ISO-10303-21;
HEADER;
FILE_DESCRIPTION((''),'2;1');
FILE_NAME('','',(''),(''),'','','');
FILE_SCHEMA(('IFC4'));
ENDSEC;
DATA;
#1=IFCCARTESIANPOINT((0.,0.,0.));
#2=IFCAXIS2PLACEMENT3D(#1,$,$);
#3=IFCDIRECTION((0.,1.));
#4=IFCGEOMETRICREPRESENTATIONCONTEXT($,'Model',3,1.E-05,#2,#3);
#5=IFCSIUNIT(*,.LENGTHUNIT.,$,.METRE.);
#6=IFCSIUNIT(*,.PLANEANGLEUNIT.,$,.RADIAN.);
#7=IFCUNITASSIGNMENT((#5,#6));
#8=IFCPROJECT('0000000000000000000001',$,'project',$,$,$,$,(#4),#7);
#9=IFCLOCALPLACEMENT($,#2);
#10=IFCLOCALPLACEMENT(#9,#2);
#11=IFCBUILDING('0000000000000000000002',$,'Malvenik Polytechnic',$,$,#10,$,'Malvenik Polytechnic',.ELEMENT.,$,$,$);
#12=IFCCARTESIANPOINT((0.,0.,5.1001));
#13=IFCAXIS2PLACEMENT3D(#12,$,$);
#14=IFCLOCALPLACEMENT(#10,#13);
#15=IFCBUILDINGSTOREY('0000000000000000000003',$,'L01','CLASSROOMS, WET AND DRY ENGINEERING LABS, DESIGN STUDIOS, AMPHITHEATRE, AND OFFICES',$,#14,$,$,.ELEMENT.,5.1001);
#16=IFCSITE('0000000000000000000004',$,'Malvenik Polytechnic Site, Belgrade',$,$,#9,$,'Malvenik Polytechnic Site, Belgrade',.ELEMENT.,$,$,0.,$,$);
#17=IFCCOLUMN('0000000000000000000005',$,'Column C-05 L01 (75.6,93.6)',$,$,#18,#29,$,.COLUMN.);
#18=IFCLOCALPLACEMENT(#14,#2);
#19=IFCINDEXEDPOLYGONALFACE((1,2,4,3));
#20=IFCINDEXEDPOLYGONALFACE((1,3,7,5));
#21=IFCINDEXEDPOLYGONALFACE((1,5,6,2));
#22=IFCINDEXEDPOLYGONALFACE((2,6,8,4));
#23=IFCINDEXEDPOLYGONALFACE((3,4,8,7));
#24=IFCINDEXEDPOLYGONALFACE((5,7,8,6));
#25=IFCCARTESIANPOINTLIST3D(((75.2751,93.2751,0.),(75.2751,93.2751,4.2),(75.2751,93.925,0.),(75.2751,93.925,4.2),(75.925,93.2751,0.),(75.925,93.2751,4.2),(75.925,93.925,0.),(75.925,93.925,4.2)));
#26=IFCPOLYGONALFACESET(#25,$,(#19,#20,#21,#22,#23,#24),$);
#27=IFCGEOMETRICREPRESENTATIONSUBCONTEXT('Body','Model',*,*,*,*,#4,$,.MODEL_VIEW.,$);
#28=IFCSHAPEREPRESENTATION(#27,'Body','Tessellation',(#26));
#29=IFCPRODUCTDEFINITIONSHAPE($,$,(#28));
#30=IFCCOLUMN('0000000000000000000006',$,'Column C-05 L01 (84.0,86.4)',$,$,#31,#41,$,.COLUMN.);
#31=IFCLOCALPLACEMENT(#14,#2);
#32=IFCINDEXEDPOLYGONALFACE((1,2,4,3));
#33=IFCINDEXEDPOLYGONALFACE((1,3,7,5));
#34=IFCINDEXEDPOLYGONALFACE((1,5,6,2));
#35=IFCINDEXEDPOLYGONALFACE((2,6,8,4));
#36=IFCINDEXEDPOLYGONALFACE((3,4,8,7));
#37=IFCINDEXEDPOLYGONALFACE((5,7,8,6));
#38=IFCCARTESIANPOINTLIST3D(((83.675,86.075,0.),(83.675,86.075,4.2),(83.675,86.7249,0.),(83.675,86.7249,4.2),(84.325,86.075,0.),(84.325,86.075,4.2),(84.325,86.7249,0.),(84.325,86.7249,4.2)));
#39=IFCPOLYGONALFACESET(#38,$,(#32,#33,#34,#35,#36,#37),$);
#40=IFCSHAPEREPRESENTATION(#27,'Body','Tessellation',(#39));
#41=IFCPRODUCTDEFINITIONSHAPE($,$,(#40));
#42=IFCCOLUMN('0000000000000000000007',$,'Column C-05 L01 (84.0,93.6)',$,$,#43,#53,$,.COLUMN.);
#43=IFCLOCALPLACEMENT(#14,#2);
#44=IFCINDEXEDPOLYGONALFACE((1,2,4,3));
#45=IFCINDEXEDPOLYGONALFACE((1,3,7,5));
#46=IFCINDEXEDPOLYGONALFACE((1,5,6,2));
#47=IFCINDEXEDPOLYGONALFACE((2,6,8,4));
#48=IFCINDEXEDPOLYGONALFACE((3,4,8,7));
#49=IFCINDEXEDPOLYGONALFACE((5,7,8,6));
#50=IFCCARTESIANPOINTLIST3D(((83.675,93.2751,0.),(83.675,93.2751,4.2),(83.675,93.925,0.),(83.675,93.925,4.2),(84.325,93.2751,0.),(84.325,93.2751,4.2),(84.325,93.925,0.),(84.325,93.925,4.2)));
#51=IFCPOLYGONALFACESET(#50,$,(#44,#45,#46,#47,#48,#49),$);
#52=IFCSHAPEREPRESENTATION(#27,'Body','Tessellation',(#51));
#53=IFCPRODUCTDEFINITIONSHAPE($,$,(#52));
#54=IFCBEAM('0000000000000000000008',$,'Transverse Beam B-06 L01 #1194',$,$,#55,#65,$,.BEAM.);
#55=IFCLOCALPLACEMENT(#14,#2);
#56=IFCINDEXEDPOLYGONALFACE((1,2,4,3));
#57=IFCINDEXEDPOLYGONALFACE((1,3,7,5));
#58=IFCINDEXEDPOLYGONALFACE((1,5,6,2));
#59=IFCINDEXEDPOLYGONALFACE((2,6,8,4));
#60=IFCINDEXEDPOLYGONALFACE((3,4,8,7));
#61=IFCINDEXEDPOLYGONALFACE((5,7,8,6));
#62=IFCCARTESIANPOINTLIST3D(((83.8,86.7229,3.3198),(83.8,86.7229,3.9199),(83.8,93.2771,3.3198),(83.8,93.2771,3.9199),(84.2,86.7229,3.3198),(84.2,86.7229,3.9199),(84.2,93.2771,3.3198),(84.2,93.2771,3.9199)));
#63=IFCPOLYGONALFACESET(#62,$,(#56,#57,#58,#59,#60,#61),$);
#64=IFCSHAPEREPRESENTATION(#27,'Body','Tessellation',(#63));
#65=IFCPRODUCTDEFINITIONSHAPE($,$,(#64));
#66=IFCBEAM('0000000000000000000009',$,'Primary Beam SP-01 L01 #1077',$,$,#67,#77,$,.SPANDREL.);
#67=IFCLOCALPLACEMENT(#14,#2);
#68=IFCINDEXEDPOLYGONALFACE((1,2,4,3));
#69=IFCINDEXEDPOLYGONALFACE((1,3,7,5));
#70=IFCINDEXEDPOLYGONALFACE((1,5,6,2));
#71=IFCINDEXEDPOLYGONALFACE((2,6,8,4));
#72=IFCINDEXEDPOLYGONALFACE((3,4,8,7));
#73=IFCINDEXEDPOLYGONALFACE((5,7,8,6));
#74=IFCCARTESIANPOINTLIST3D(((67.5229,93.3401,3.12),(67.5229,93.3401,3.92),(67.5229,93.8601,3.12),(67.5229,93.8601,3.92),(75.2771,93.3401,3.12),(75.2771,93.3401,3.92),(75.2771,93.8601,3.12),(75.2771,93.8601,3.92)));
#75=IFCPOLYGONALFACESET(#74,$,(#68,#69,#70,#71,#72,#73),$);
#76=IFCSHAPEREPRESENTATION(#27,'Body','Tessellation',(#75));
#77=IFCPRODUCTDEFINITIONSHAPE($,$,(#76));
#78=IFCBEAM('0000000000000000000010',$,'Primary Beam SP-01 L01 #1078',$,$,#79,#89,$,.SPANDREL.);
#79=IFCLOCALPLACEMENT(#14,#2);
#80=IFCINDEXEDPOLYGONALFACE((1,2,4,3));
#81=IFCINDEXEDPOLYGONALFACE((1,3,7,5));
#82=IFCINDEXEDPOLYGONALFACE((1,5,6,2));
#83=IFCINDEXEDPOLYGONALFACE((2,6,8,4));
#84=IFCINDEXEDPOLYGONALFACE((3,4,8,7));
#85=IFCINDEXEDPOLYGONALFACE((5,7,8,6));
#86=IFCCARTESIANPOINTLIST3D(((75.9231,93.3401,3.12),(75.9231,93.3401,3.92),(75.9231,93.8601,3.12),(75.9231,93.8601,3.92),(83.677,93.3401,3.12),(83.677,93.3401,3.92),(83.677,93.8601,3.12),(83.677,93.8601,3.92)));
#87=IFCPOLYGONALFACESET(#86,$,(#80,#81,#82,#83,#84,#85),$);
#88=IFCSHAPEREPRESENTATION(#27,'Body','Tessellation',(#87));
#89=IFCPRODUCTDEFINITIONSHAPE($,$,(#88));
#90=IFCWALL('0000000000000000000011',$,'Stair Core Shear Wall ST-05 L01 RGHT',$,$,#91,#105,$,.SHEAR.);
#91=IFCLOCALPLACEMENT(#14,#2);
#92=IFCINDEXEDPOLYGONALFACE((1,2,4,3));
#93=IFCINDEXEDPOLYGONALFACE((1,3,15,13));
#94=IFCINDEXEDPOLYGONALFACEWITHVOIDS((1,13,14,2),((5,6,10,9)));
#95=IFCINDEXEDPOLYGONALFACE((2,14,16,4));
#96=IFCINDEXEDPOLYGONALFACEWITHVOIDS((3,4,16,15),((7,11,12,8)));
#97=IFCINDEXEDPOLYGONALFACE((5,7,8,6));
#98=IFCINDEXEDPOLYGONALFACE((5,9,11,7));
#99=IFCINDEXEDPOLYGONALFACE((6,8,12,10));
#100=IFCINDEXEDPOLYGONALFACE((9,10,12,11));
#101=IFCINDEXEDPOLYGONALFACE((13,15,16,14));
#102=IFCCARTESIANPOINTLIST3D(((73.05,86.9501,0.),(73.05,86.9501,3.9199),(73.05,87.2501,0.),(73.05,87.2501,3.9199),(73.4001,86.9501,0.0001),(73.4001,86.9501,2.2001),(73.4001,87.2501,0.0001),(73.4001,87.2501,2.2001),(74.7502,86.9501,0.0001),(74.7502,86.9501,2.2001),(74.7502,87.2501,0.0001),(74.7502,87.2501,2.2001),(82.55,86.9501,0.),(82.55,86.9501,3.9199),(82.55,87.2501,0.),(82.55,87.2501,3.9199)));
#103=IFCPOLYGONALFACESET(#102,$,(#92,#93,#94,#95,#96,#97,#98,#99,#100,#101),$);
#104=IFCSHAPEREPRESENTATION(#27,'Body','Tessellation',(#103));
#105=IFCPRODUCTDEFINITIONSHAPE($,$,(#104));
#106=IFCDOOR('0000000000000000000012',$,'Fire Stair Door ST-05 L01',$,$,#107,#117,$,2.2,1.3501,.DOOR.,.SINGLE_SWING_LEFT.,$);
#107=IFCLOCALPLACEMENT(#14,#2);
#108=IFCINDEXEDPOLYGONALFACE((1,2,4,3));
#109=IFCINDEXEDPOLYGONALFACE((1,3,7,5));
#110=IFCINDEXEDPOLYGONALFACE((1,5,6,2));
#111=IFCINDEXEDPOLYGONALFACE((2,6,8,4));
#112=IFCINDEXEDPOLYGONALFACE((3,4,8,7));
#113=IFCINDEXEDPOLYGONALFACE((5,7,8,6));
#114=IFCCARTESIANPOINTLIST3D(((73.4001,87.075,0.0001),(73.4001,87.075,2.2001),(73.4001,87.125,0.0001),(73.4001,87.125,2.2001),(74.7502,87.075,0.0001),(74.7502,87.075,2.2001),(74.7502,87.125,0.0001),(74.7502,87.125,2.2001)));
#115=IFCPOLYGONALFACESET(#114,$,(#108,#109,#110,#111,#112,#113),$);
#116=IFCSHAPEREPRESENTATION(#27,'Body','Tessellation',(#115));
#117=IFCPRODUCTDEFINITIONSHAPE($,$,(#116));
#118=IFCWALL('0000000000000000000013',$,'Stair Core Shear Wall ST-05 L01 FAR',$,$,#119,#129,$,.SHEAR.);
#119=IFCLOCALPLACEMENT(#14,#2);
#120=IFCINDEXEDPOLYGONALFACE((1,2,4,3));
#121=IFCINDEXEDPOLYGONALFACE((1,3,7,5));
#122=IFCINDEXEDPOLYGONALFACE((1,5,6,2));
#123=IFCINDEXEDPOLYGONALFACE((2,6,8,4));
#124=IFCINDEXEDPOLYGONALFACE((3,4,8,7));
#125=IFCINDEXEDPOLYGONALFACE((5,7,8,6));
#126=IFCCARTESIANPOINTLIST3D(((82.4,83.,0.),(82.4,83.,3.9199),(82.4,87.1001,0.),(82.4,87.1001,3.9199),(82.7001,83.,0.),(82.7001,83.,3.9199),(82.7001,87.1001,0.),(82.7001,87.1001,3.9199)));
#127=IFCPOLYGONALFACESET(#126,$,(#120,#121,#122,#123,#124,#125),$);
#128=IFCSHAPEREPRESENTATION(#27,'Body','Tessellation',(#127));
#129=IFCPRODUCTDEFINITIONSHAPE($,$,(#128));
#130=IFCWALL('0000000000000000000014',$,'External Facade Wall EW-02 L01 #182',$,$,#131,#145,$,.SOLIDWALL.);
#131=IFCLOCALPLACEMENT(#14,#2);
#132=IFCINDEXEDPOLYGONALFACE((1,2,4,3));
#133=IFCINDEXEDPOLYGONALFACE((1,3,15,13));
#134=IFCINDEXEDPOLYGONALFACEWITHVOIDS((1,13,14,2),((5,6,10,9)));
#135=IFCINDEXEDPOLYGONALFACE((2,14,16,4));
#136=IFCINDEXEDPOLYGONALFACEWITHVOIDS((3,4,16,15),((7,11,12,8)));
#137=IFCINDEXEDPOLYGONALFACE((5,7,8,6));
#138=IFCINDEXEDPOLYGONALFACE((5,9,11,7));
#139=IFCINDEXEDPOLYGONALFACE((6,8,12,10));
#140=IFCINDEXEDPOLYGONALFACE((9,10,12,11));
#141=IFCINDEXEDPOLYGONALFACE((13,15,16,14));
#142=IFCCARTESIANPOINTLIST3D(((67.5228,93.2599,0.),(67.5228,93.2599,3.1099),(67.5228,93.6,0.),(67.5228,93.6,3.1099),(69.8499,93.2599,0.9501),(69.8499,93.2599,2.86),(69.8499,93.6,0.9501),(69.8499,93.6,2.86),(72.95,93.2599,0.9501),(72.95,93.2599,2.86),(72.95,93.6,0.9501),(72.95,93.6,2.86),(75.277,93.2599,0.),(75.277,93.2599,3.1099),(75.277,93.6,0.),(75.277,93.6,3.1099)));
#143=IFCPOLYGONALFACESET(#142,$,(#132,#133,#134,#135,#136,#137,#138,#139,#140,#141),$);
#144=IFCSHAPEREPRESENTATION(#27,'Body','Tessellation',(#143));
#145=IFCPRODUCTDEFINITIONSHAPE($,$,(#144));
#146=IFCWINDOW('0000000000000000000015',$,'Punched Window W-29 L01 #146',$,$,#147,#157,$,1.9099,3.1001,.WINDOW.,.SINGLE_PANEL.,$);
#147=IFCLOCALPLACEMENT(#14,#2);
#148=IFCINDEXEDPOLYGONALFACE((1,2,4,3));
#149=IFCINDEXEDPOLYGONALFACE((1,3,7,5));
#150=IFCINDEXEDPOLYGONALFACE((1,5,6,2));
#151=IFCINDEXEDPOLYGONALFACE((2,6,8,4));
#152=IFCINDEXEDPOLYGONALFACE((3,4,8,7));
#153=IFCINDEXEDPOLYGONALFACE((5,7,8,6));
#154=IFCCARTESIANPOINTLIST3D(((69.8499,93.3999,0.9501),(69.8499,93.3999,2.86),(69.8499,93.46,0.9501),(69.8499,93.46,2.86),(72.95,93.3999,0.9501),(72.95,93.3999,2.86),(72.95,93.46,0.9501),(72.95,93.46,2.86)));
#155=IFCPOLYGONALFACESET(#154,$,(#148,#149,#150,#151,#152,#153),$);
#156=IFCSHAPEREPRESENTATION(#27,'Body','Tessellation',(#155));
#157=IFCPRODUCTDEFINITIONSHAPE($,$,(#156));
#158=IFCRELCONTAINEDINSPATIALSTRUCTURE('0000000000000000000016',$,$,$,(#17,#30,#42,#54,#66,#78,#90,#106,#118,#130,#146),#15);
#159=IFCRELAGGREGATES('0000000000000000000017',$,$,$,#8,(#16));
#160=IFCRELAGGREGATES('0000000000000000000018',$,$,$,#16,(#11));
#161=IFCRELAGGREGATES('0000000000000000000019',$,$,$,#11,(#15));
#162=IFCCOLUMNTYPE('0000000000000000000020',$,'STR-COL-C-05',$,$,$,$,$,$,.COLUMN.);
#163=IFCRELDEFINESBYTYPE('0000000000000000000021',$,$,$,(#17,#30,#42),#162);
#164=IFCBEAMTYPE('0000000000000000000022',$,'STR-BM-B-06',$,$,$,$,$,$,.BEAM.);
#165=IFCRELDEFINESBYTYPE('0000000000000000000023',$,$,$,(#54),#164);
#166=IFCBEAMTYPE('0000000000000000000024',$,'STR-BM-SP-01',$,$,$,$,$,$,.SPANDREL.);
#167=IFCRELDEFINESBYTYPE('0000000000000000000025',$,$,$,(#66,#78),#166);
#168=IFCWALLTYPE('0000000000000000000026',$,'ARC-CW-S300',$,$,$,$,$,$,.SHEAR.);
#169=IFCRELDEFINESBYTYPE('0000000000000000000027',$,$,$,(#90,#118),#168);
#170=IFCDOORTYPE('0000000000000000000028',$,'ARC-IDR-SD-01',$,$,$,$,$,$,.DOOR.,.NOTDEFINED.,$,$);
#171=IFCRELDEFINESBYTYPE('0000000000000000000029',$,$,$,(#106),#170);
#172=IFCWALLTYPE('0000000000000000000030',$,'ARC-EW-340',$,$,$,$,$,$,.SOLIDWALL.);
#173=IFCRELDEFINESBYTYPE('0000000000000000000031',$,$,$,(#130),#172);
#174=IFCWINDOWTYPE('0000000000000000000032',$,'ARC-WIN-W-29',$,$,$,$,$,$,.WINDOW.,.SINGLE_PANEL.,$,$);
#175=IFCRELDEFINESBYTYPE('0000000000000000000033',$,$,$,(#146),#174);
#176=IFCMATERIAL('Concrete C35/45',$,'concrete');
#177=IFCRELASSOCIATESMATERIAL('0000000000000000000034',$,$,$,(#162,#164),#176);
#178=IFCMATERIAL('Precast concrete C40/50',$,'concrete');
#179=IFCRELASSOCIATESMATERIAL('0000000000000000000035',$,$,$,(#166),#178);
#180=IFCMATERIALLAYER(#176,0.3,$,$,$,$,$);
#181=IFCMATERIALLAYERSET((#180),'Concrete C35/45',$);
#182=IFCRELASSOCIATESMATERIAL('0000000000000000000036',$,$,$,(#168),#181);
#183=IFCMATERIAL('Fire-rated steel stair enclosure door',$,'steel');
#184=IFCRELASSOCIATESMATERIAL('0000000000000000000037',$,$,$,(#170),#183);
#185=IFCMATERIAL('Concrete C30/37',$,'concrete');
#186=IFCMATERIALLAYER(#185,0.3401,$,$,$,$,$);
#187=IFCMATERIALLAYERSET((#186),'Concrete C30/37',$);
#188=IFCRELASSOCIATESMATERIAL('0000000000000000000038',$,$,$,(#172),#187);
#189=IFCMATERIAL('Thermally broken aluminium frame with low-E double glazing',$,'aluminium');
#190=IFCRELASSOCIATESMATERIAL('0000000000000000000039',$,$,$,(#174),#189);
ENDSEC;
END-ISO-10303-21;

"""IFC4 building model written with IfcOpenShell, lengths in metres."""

from ifc_helpers import new_model, si_unit, direction, frame, frame_2d, origin, origin_2d, place, context, subcontext, project, spatial, rectangle, extrude, material, layer, layer_set, material_profile, profile_set, type_object, element, fill, save


model = new_model("IFC4")

# Units and contexts
model_context = context("Model", 3, precision=1e-05, world=origin(), true_north=direction((0.0, 1.0)))
body_context = subcontext(model_context, "Body", "Model", "MODEL_VIEW")
ifc_project = project(units=[si_unit("LENGTHUNIT", "METRE"), si_unit("PLANEANGLEUNIT", "RADIAN")], contexts=[model_context])

# Site, building, storey
site_placement = place(None, origin())
site = spatial("IfcSite", under=ifc_project, at=site_placement, Name="Malvenik Polytechnic Site, Belgrade", LongName="Malvenik Polytechnic Site, Belgrade", CompositionType="ELEMENT", RefElevation=0.0)
building_placement = place(site_placement, origin())
building = spatial("IfcBuilding", under=site, at=building_placement, Name="Malvenik Polytechnic", LongName="Malvenik Polytechnic", CompositionType="ELEMENT")
storey_placement = place(building_placement, frame((0.0, 0.0, 5.1001)))
storey = spatial("IfcBuildingStorey", under=building, at=storey_placement, Name="L01", Description="CLASSROOMS, WET AND DRY ENGINEERING LABS, DESIGN STUDIOS, AMPHITHEATRE, AND OFFICES", CompositionType="ELEMENT", Elevation=5.1001)

# Columns
ifc_material_1 = material(Name="Concrete C35/45", Category="concrete")
ifc_material_profile_1 = material_profile(ifc_material_1, rectangle(XDim=0.6499, YDim=0.6499, at=origin_2d()), Name="RC COL 650x650")
ifc_profile_set_1 = profile_set([ifc_material_profile_1], Name="Concrete C35/45")
column_type = type_object("IfcColumnType", Name="STR-COL-C-05", PredefinedType="COLUMN", material=ifc_profile_set_1)
for number, where, z_axis, x_axis, name in (
    (1, (75.6001, 93.6001, 0.0), (0.0, 0.0, 1.0), (1.0, 0.0, 0.0), "Column C-05 L01 (75.6,93.6)"),
    (2, (84.0, 86.3999, 0.0), (0.0, 0.0, 1.0), (1.0, 0.0, 0.0), "Column C-05 L01 (84.0,86.4)"),
    (3, (84.0, 93.6001, 0.0), (0.0, 0.0, 1.0), (1.0, 0.0, 0.0), "Column C-05 L01 (84.0,93.6)"),
):
    element("IfcColumn", number, at=place(storey_placement, frame(where, z_axis=z_axis, x_axis=x_axis)), inside=storey, type_object=column_type, Name=name, PredefinedType="COLUMN", context=body_context, shape_type="SweptSolid", body=[
        extrude(rectangle(XDim=0.6499, YDim=0.6499, at=origin_2d()), origin(), (0.0, 0.0, 1.0), 4.2),
    ])

# Beams
ifc_material_profile_2 = material_profile(ifc_material_1, rectangle(XDim=0.3999, YDim=0.6001, at=origin_2d()), Name="RC BM 400x600")
ifc_profile_set_2 = profile_set([ifc_material_profile_2], Name="Concrete C35/45")
beam_type_1 = type_object("IfcBeamType", Name="STR-BM-B-06", PredefinedType="BEAM", material=ifc_profile_set_2)
beam_1_placement = place(storey_placement, frame((84.0, 86.7229, 3.6199), z_axis=(0.0, 1.0, 0.0), x_axis=(-1.0, 0.0, 0.0)))
element("IfcBeam", 4, at=beam_1_placement, inside=storey, type_object=beam_type_1, Name="Transverse Beam B-06 L01 #1194", PredefinedType="BEAM", context=body_context, shape_type="SweptSolid", body=[
    extrude(rectangle(XDim=0.3999, YDim=0.6001, at=origin_2d()), origin(), (0.0, 0.0, 1.0), 6.5542),
])
ifc_material_2 = material(Name="Precast concrete C40/50", Category="concrete")
ifc_material_profile_3 = material_profile(ifc_material_2, rectangle(XDim=0.52, YDim=0.8, at=origin_2d()), Name="PC SPN 520x800")
ifc_profile_set_3 = profile_set([ifc_material_profile_3], Name="Precast concrete C40/50")
beam_type_2 = type_object("IfcBeamType", Name="STR-BM-SP-01", PredefinedType="SPANDREL", material=ifc_profile_set_3)
beam_2_placement = place(storey_placement, frame((67.5229, 93.6001, 3.52), z_axis=(1.0, 0.0, 0.0), x_axis=(0.0, 1.0, 0.0)))
element("IfcBeam", 5, at=beam_2_placement, inside=storey, type_object=beam_type_2, Name="Primary Beam SP-01 L01 #1077", PredefinedType="SPANDREL", context=body_context, shape_type="SweptSolid", body=[
    extrude(rectangle(XDim=0.52, YDim=0.8, at=origin_2d()), origin(), (0.0, 0.0, 1.0), 7.7542),
])
beam_3_placement = place(storey_placement, frame((75.9231, 93.6001, 3.52), z_axis=(1.0, 0.0, 0.0), x_axis=(0.0, 1.0, 0.0)))
element("IfcBeam", 6, at=beam_3_placement, inside=storey, type_object=beam_type_2, Name="Primary Beam SP-01 L01 #1078", PredefinedType="SPANDREL", context=body_context, shape_type="SweptSolid", body=[
    extrude(rectangle(XDim=0.52, YDim=0.8, at=origin_2d()), origin(), (0.0, 0.0, 1.0), 7.7539),
])

# Wall, opening, door
ifc_layer_1 = layer(ifc_material_1, 0.3)
ifc_layer_set_1 = layer_set([ifc_layer_1], Name="Concrete C35/45")
wall_type_1 = type_object("IfcWallType", Name="ARC-CW-S300", PredefinedType="SHEAR", material=ifc_layer_set_1)
wall_1_placement = place(storey_placement, frame((73.05, 87.1001, 0.0), z_axis=(0.0, 0.0, 1.0), x_axis=(1.0, 0.0, 0.0)))
wall_1 = element("IfcWall", 7, at=wall_1_placement, inside=storey, type_object=wall_type_1, Name="Stair Core Shear Wall ST-05 L01 RGHT", PredefinedType="SHEAR", context=body_context, shape_type="SweptSolid", body=[
    extrude(rectangle(XDim=9.5, YDim=0.3, at=frame_2d((4.75, 0.0))), origin(), (0.0, 0.0, 1.0), 3.9199),
])
opening_1_placement = place(wall_1_placement, frame((0.3501, 0.0, 0.0)))
opening_1 = element("IfcOpeningElement", 8, at=opening_1_placement, cuts=wall_1, PredefinedType="OPENING", context=body_context, shape_type="SweptSolid", body=[
    extrude(rectangle(XDim=1.3501, YDim=2.2, at=frame_2d((0.675, 1.1001))), frame((0.0, 0.1602, 0.0), z_axis=(0.0, -1.0, 0.0), x_axis=(1.0, 0.0, 0.0)), (0.0, 0.0, 1.0), 0.3201),
])
ifc_material_3 = material(Name="Fire-rated steel stair enclosure door", Category="steel")
door_type_1 = type_object("IfcDoorType", Name="ARC-IDR-SD-01", OperationType="NOTDEFINED", PredefinedType="DOOR", material=ifc_material_3)
door_1_placement = place(opening_1_placement, origin())
door_1 = element("IfcDoor", 9, at=door_1_placement, inside=storey, type_object=door_type_1, Name="Fire Stair Door ST-05 L01", OperationType="SINGLE_SWING_LEFT", OverallHeight=2.2, OverallWidth=1.3501, PredefinedType="DOOR", context=body_context, shape_type="SweptSolid", body=[
    extrude(rectangle(XDim=1.3501, YDim=2.2, at=frame_2d((0.675, 1.1001))), frame((0.0, 0.0249, 0.0), z_axis=(0.0, -1.0, 0.0), x_axis=(1.0, 0.0, 0.0)), (0.0, 0.0, 1.0), 0.05),
])
fill(opening_1, door_1)

# Wall
wall_2_placement = place(storey_placement, frame((82.55, 87.1001, 0.0), z_axis=(0.0, 0.0, 1.0), x_axis=(0.0, -1.0, 0.0)))
element("IfcWall", 10, at=wall_2_placement, inside=storey, type_object=wall_type_1, Name="Stair Core Shear Wall ST-05 L01 FAR", PredefinedType="SHEAR", context=body_context, shape_type="SweptSolid", body=[
    extrude(rectangle(XDim=4.1001, YDim=0.3, at=frame_2d((2.05, 0.0))), origin(), (0.0, 0.0, 1.0), 3.9199),
])

# Wall, opening, window
ifc_material_4 = material(Name="Concrete C30/37", Category="concrete")
ifc_layer_2 = layer(ifc_material_4, 0.3401)
ifc_layer_set_2 = layer_set([ifc_layer_2], Name="Concrete C30/37")
wall_type_2 = type_object("IfcWallType", Name="ARC-EW-340", PredefinedType="SOLIDWALL", material=ifc_layer_set_2)
wall_3_placement = place(storey_placement, frame((67.5229, 93.4299, 0.0), z_axis=(0.0, 0.0, 1.0), x_axis=(1.0, 0.0, 0.0)))
wall_3 = element("IfcWall", 11, at=wall_3_placement, inside=storey, type_object=wall_type_2, Name="External Facade Wall EW-02 L01 #182", PredefinedType="SOLIDWALL", context=body_context, shape_type="SweptSolid", body=[
    extrude(rectangle(XDim=7.7542, YDim=0.3401, at=frame_2d((3.877, 0.0))), origin(), (0.0, 0.0, 1.0), 3.1099),
])
opening_2_placement = place(wall_3_placement, frame((2.3269, 0.0, 0.95)))
opening_2 = element("IfcOpeningElement", 12, at=opening_2_placement, cuts=wall_3, PredefinedType="OPENING", context=body_context, shape_type="SweptSolid", body=[
    extrude(rectangle(XDim=3.1001, YDim=1.9099, at=frame_2d((1.55, 0.9551))), frame((0.0, 0.1802, 0.0), z_axis=(0.0, -1.0, 0.0), x_axis=(1.0, 0.0, 0.0)), (0.0, 0.0, 1.0), 0.3601),
])
ifc_material_5 = material(Name="Thermally broken aluminium frame with low-E double glazing", Category="aluminium")
window_type_1 = type_object("IfcWindowType", Name="ARC-WIN-W-29", PartitioningType="SINGLE_PANEL", PredefinedType="WINDOW", material=ifc_material_5)
window_1_placement = place(opening_2_placement, origin())
window_1 = element("IfcWindow", 13, at=window_1_placement, inside=storey, type_object=window_type_1, Name="Punched Window W-29 L01 #146", OverallHeight=1.9099, OverallWidth=3.1001, PartitioningType="SINGLE_PANEL", PredefinedType="WINDOW", context=body_context, shape_type="SweptSolid", body=[
    extrude(rectangle(XDim=3.1001, YDim=1.9099, at=frame_2d((1.55, 0.9551))), frame((0.0, 0.03, 0.0), z_axis=(0.0, -1.0, 0.0), x_axis=(1.0, 0.0, 0.0)), (0.0, 0.0, 1.0), 0.0601),
])
fill(opening_2, window_1)

save(model, "model.ifc")
